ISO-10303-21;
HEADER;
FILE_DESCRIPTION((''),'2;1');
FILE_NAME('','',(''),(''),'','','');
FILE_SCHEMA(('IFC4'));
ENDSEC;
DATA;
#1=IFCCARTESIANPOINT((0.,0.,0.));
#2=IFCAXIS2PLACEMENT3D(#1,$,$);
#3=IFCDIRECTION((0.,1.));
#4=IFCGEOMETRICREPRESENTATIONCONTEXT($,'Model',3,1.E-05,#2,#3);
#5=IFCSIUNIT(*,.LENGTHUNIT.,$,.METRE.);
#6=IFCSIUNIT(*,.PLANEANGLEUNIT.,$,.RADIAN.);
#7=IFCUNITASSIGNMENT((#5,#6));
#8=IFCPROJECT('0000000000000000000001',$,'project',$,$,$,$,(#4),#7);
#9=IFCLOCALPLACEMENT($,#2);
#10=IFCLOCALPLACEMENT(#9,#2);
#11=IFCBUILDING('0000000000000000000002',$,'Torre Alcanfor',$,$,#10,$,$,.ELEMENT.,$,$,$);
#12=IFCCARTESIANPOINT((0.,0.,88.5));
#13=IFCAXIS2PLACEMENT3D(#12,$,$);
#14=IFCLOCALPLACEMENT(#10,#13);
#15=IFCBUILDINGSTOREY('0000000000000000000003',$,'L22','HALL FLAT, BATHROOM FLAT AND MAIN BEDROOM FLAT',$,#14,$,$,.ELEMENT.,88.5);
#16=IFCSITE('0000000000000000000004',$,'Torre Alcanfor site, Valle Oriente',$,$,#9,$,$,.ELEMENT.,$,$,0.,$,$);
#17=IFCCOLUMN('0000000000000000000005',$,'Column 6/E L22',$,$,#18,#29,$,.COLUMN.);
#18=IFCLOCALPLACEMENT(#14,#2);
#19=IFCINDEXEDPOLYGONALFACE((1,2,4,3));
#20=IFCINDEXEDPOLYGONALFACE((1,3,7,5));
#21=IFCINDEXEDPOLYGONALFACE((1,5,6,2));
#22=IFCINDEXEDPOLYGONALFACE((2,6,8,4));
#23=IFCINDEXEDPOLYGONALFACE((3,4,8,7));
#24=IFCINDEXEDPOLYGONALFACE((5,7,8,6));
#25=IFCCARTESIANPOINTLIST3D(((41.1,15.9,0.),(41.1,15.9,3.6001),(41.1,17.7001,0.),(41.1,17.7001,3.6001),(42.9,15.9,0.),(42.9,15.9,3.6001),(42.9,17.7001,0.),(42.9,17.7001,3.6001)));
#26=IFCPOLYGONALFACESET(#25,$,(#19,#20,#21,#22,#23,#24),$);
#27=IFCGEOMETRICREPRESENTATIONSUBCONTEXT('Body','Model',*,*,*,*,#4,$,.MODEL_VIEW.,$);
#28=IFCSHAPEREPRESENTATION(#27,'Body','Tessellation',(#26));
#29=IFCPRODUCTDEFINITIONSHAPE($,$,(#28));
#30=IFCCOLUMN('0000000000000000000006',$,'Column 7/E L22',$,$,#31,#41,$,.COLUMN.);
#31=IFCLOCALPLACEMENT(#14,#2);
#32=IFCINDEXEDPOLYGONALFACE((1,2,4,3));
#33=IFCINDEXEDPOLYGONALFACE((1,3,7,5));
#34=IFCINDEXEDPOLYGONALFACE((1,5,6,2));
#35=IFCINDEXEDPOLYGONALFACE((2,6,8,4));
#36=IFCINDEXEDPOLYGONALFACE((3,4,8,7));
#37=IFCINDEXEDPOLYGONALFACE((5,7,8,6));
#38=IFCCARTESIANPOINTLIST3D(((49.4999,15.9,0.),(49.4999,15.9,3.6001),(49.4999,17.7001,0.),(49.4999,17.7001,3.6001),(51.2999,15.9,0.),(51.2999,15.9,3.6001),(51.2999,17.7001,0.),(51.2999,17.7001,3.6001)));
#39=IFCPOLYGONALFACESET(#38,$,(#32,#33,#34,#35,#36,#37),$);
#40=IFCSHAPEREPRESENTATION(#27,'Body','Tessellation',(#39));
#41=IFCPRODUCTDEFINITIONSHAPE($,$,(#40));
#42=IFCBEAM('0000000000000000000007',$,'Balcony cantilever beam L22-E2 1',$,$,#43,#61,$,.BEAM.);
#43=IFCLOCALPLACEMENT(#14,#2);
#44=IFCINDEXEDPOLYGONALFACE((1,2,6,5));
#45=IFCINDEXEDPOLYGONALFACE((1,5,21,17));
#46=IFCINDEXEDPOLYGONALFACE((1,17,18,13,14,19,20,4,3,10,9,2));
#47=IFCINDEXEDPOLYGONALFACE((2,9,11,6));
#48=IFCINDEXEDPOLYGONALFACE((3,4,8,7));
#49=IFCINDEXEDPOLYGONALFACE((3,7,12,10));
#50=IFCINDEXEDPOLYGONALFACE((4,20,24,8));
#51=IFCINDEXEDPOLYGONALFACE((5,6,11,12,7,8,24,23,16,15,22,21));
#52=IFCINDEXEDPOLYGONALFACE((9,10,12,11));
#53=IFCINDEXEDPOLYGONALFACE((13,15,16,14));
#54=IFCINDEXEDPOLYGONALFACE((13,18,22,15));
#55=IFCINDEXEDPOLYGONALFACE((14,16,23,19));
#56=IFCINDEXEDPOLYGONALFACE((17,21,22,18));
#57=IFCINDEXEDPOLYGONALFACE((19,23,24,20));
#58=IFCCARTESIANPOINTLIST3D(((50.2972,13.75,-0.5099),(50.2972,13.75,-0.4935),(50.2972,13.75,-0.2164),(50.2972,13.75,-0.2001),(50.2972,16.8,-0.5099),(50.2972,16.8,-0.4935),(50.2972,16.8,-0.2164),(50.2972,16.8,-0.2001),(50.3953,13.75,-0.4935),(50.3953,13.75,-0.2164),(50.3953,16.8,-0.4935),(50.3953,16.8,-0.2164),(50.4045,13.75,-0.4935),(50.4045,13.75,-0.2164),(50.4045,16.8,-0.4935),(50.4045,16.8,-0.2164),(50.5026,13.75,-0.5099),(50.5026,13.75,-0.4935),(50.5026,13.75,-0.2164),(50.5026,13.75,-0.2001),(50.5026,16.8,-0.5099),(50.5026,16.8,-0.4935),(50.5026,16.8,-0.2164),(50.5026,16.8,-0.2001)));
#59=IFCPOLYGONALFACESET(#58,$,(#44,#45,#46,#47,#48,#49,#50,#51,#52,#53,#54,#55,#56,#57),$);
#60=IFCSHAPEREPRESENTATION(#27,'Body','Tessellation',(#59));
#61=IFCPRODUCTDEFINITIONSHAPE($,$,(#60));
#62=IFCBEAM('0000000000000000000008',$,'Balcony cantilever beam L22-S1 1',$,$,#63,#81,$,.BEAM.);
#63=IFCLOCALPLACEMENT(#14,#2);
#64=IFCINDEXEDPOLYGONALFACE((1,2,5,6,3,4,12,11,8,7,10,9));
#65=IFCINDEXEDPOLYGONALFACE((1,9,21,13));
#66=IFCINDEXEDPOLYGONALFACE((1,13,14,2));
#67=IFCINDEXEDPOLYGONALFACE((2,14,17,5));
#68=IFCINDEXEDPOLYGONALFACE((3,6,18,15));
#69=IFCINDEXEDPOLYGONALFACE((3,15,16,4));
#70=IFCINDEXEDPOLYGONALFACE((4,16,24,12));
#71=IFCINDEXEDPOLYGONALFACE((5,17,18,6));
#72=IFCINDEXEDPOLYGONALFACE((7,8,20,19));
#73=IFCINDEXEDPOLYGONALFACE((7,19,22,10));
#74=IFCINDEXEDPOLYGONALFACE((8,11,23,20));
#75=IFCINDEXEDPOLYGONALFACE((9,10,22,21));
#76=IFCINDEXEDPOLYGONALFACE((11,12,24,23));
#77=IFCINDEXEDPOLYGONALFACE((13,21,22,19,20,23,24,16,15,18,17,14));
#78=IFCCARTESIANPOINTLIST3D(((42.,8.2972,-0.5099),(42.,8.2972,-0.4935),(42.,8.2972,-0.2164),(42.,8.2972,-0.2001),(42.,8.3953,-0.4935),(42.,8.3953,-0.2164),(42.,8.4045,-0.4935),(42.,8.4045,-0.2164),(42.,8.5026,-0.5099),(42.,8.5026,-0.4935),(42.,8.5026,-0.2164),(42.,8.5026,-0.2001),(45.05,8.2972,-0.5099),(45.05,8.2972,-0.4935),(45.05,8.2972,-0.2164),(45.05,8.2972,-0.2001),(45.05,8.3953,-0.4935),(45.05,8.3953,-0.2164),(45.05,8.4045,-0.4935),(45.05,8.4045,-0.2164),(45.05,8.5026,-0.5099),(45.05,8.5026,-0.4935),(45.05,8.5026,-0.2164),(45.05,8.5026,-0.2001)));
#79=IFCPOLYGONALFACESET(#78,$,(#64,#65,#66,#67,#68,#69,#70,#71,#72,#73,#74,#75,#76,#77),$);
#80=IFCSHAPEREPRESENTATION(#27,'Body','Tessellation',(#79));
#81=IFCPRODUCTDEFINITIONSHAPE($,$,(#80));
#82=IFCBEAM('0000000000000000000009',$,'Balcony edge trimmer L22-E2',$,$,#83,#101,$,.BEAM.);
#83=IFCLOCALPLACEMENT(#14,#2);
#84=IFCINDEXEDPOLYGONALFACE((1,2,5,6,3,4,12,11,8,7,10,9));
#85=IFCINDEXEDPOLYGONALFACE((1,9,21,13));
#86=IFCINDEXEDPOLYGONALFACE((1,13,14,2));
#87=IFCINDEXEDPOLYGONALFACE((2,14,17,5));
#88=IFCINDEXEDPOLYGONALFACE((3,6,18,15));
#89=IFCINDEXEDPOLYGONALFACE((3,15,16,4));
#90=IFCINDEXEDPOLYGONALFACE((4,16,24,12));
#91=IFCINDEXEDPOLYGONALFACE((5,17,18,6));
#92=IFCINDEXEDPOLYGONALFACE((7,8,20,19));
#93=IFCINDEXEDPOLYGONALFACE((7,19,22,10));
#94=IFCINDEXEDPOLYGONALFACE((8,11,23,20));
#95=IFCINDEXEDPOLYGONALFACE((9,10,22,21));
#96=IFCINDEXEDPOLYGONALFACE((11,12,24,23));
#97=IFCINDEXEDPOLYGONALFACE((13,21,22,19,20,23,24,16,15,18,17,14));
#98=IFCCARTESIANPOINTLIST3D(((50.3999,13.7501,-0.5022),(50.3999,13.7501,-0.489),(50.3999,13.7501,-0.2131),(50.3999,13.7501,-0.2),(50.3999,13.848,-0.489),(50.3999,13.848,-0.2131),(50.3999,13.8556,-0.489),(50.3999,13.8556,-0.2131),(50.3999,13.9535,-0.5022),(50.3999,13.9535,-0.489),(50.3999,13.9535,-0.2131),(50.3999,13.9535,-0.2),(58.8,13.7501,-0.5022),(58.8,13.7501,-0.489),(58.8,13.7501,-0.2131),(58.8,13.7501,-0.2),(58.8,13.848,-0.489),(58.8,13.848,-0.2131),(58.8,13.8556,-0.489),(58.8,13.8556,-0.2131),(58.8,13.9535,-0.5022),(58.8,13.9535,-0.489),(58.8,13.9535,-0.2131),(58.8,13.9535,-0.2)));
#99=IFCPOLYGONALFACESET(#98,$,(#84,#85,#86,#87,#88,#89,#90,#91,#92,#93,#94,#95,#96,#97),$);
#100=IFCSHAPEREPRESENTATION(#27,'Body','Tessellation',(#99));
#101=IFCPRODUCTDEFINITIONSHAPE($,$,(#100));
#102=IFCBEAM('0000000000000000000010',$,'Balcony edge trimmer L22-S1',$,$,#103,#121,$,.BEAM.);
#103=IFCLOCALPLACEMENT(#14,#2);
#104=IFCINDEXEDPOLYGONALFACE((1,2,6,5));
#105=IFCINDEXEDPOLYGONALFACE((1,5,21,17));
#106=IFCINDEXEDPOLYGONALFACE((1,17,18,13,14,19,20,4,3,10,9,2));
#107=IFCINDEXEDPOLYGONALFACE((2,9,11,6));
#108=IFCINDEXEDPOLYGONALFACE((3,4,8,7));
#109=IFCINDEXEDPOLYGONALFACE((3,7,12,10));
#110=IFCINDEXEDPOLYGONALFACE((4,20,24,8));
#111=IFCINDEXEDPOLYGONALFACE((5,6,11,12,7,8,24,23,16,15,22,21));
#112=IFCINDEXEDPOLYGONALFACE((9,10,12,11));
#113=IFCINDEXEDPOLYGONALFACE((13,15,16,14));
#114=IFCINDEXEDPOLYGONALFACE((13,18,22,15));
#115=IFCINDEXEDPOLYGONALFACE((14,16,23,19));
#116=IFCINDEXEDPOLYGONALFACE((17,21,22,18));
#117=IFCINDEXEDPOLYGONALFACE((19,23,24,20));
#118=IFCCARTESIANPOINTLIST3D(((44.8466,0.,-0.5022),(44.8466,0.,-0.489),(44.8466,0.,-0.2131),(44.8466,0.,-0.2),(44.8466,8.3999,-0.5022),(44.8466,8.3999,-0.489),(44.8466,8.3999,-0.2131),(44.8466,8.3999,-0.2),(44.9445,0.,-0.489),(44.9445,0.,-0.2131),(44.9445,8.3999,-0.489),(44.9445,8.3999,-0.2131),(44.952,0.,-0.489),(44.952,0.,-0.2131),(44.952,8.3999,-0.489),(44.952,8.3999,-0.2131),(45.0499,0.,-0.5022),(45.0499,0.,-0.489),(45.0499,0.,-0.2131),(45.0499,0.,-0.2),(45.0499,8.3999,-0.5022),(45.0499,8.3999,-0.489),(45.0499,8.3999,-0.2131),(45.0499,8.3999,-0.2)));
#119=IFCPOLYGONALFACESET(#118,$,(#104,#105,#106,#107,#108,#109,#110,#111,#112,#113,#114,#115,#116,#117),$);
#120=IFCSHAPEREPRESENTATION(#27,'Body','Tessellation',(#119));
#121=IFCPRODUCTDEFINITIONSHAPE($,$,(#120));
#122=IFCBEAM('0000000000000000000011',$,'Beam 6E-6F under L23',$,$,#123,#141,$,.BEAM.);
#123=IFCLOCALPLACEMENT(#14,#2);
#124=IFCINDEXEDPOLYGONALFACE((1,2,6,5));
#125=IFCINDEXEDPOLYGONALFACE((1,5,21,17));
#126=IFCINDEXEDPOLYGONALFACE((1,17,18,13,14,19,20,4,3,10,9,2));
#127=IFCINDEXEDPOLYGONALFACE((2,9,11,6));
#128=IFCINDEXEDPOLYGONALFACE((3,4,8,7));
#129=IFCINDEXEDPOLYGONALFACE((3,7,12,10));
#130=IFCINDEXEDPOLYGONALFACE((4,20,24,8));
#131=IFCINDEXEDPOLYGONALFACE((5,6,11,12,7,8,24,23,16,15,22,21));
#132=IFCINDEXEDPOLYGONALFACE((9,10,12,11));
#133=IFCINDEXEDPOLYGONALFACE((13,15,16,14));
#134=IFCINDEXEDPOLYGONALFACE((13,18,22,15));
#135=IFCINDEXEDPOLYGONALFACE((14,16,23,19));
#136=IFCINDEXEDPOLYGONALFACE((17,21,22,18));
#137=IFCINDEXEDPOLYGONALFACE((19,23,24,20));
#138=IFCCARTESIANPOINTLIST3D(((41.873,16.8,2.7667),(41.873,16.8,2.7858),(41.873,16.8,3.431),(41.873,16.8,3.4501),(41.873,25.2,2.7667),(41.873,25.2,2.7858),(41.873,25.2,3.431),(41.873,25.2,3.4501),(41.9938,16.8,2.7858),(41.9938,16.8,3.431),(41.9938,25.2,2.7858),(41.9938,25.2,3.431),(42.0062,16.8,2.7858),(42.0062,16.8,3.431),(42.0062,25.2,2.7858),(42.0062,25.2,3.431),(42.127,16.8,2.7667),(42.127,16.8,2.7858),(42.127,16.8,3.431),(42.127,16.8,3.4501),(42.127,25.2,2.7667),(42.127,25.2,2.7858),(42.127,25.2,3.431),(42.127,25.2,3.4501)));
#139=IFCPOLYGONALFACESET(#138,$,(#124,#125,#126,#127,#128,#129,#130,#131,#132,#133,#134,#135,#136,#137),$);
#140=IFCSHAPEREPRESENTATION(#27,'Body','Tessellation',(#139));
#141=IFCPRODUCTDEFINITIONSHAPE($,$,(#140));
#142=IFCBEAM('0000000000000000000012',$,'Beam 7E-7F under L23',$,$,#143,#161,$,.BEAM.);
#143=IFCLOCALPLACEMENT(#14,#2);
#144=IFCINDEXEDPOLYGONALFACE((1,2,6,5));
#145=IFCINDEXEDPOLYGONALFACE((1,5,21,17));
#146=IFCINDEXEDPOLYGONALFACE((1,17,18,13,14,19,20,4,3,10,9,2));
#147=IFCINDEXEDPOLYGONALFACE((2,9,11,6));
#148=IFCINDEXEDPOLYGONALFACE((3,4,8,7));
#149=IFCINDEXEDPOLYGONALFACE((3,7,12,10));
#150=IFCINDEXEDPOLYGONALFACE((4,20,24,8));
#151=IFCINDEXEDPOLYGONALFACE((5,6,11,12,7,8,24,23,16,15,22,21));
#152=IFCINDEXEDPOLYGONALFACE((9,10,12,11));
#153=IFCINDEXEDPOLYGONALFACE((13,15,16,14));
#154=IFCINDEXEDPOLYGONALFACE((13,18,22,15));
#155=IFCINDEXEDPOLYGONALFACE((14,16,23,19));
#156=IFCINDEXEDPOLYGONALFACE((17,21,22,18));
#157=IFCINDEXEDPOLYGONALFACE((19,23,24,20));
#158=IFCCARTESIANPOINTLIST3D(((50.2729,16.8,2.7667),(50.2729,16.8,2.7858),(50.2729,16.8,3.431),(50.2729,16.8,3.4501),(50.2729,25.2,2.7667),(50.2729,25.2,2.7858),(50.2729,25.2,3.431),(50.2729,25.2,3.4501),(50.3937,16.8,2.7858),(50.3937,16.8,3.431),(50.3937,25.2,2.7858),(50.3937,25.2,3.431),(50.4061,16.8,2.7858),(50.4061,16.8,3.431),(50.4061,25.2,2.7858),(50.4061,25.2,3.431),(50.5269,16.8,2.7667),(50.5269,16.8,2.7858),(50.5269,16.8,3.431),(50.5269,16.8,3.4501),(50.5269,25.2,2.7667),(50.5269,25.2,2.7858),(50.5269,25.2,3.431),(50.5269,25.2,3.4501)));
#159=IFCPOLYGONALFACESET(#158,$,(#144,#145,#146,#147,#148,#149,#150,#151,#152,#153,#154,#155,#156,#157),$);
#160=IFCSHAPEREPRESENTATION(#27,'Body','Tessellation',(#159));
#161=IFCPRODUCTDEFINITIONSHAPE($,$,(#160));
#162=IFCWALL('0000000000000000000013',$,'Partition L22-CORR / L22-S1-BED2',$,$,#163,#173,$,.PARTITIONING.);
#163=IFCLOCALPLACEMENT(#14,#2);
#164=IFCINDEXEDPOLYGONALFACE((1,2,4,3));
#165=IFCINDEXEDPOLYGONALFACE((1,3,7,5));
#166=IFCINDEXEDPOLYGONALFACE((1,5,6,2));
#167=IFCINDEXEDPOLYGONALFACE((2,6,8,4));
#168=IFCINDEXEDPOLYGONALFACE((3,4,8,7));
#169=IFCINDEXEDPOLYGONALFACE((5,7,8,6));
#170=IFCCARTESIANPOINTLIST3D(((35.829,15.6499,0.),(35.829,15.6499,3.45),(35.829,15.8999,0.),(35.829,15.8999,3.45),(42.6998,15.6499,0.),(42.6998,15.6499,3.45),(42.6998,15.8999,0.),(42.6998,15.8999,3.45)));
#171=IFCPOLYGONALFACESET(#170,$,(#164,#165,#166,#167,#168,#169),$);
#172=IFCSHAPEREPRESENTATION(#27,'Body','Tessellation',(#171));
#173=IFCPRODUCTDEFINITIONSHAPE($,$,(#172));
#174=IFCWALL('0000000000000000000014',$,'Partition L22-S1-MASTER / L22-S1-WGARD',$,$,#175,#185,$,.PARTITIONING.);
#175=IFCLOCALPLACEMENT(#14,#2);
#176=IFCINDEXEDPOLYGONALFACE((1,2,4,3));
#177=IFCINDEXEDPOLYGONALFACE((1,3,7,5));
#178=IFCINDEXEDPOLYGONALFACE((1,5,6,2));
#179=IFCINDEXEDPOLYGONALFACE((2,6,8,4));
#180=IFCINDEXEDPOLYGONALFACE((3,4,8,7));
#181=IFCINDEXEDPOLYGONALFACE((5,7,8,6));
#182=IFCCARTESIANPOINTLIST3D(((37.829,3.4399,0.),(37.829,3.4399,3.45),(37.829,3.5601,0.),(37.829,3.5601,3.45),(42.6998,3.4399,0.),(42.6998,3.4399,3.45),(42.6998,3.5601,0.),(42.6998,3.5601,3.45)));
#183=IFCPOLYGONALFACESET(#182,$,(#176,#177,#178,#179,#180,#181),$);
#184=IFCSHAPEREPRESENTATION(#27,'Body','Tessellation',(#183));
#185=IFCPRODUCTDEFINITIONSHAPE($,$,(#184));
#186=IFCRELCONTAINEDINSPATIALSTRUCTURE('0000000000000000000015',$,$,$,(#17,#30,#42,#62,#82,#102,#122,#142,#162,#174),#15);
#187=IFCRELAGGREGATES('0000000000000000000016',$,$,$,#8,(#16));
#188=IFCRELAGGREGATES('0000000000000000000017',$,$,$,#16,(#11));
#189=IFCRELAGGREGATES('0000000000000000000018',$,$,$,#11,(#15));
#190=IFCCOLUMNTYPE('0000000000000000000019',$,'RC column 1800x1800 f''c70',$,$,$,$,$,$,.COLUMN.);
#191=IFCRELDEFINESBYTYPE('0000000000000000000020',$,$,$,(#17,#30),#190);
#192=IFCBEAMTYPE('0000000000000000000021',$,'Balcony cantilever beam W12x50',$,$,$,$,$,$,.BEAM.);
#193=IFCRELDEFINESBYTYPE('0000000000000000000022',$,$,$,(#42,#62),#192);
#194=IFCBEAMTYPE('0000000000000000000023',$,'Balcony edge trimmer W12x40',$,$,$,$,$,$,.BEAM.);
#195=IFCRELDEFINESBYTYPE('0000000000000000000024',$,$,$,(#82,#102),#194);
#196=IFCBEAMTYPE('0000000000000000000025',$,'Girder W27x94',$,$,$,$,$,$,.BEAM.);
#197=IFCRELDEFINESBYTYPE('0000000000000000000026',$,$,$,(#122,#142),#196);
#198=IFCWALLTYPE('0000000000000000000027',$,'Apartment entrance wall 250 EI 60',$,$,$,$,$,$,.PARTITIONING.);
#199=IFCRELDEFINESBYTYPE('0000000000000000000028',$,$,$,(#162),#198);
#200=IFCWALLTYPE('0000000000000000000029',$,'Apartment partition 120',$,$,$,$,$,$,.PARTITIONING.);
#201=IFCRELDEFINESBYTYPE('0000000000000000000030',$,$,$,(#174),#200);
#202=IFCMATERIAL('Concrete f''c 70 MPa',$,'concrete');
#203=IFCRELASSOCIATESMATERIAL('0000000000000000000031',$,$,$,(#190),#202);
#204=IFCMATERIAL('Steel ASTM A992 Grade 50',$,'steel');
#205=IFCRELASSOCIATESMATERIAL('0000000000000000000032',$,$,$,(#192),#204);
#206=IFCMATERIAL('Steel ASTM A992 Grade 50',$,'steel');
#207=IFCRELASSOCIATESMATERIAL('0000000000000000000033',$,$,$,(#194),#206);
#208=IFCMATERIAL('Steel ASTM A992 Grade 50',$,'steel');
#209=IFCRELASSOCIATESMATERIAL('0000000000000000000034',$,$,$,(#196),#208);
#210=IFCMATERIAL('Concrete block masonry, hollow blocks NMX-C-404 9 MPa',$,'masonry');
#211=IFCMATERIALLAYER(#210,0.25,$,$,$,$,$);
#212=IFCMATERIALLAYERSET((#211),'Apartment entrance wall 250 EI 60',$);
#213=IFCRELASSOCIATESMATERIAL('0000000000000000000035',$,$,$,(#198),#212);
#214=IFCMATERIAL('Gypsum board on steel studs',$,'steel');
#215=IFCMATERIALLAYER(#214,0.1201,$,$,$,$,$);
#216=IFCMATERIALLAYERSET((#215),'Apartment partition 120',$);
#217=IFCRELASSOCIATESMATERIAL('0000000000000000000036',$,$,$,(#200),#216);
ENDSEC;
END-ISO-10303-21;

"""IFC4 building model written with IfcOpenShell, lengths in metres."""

from ifc_helpers import new_model, si_unit, direction, frame, frame_2d, origin, origin_2d, place, context, subcontext, project, spatial, rectangle, i_section, extrude, material, layer, layer_set, material_profile, profile_set, type_object, element, save


model = new_model("IFC4")

# Units and contexts
model_context = context("Model", 3, precision=1e-05, world=origin(), true_north=direction((0.0, 1.0)))
body_context = subcontext(model_context, "Body", "Model", "MODEL_VIEW")
ifc_project = project(units=[si_unit("LENGTHUNIT", "METRE"), si_unit("PLANEANGLEUNIT", "RADIAN")], contexts=[model_context])

# Site, building, storey
site_placement = place(None, origin())
site = spatial("IfcSite", under=ifc_project, at=site_placement, Name="Torre Alcanfor site, Valle Oriente", CompositionType="ELEMENT", RefElevation=0.0)
building_placement = place(site_placement, origin())
building = spatial("IfcBuilding", under=site, at=building_placement, Name="Torre Alcanfor", CompositionType="ELEMENT")
storey_placement = place(building_placement, frame((0.0, 0.0, 88.5)))
storey = spatial("IfcBuildingStorey", under=building, at=storey_placement, Name="L22", Description="HALL FLAT, BATHROOM FLAT AND MAIN BEDROOM FLAT", CompositionType="ELEMENT", Elevation=88.5)

# Columns
ifc_material_1 = material(Name="Concrete f'c 70 MPa", Category="concrete")
ifc_material_profile_1 = material_profile(ifc_material_1, rectangle(XDim=1.8, YDim=1.8, at=origin_2d()), Name="1800x1800")
ifc_profile_set_1 = profile_set([ifc_material_profile_1], Name="Concrete f'c 70 MPa")
column_type = type_object("IfcColumnType", Name="RC column 1800x1800 f'c70", PredefinedType="COLUMN", material=ifc_profile_set_1)
for number, where, z_axis, x_axis, name in (
    (1, (42.0, 16.8, 0.0), (0.0, 0.0, 1.0), (1.0, 0.0, 0.0), "Column 6/E L22"),
    (2, (50.3999, 16.8, 0.0), (0.0, 0.0, 1.0), (1.0, 0.0, 0.0), "Column 7/E L22"),
):
    element("IfcColumn", number, at=place(storey_placement, frame(where, z_axis=z_axis, x_axis=x_axis)), inside=storey, type_object=column_type, Name=name, PredefinedType="COLUMN", context=body_context, shape_type="SweptSolid", body=[
        extrude(rectangle(XDim=1.8, YDim=1.8, at=origin_2d()), origin(), (0.0, 0.0, 1.0), 3.6001),
    ])

# Beams
ifc_material_2 = material(Name="Steel ASTM A992 Grade 50", Category="steel")
ifc_material_profile_2 = material_profile(ifc_material_2, i_section(OverallWidth=0.2053, OverallDepth=0.3098, WebThickness=0.0093, FlangeThickness=0.0164, at=origin_2d()), Name="W12x50")
ifc_profile_set_2 = profile_set([ifc_material_profile_2], Name="Steel ASTM A992 Grade 50")
beam_type_1 = type_object("IfcBeamType", Name="Balcony cantilever beam W12x50", PredefinedType="BEAM", material=ifc_profile_set_2)
for number, where, z_axis, x_axis, name in (
    (3, (50.3999, 16.8, -0.355), (0.0, -1.0, 0.0), (1.0, 0.0, 0.0), "Balcony cantilever beam L22-E2 1"),
    (4, (42.0, 8.3999, -0.355), (1.0, 0.0, 0.0), (0.0, 1.0, 0.0), "Balcony cantilever beam L22-S1 1"),
):
    element("IfcBeam", number, at=place(storey_placement, frame(where, z_axis=z_axis, x_axis=x_axis)), inside=storey, type_object=beam_type_1, Name=name, PredefinedType="BEAM", context=body_context, shape_type="SweptSolid", body=[
        extrude(i_section(OverallWidth=0.2053, OverallDepth=0.3098, WebThickness=0.0093, FlangeThickness=0.0164, at=origin_2d()), origin(), (0.0, 0.0, 1.0), 3.05),
    ])
ifc_material_3 = material(Name="Steel ASTM A992 Grade 50", Category="steel")
ifc_material_profile_3 = material_profile(ifc_material_3, i_section(OverallWidth=0.2034, OverallDepth=0.3022, WebThickness=0.0076, FlangeThickness=0.0132, at=origin_2d()), Name="W12x40")
ifc_profile_set_3 = profile_set([ifc_material_profile_3], Name="Steel ASTM A992 Grade 50")
beam_type_2 = type_object("IfcBeamType", Name="Balcony edge trimmer W12x40", PredefinedType="BEAM", material=ifc_profile_set_3)
beam_1_placement = place(storey_placement, frame((50.3999, 13.8518, -0.3511), z_axis=(1.0, 0.0, 0.0), x_axis=(0.0, 1.0, 0.0)))
element("IfcBeam", 5, at=beam_1_placement, inside=storey, type_object=beam_type_2, Name="Balcony edge trimmer L22-E2", PredefinedType="BEAM", context=body_context, shape_type="SweptSolid", body=[
    extrude(i_section(OverallWidth=0.2034, OverallDepth=0.3022, WebThickness=0.0076, FlangeThickness=0.0132, at=origin_2d()), origin(), (0.0, 0.0, 1.0), 8.4001),
])
beam_2_placement = place(storey_placement, frame((44.9482, 8.3999, -0.3511), z_axis=(0.0, -1.0, 0.0), x_axis=(1.0, 0.0, 0.0)))
element("IfcBeam", 6, at=beam_2_placement, inside=storey, type_object=beam_type_2, Name="Balcony edge trimmer L22-S1", PredefinedType="BEAM", context=body_context, shape_type="SweptSolid", body=[
    extrude(i_section(OverallWidth=0.2034, OverallDepth=0.3022, WebThickness=0.0076, FlangeThickness=0.0132, at=origin_2d()), origin(), (0.0, 0.0, 1.0), 8.3999),
])
ifc_material_4 = material(Name="Steel ASTM A992 Grade 50", Category="steel")
ifc_material_profile_4 = material_profile(ifc_material_4, i_section(OverallWidth=0.2539, OverallDepth=0.6833, WebThickness=0.0125, FlangeThickness=0.019, at=origin_2d()), Name="W27x94")
ifc_profile_set_4 = profile_set([ifc_material_profile_4], Name="Steel ASTM A992 Grade 50")
beam_type_3 = type_object("IfcBeamType", Name="Girder W27x94", PredefinedType="BEAM", material=ifc_profile_set_4)
for number, where, z_axis, x_axis, name in (
    (7, (42.0, 16.8, 3.1084), (0.0, 1.0, 0.0), (-1.0, 0.0, 0.0), "Beam 6E-6F under L23"),
    (8, (50.3999, 16.8, 3.1084), (0.0, 1.0, 0.0), (-1.0, 0.0, 0.0), "Beam 7E-7F under L23"),
):
    element("IfcBeam", number, at=place(storey_placement, frame(where, z_axis=z_axis, x_axis=x_axis)), inside=storey, type_object=beam_type_3, Name=name, PredefinedType="BEAM", context=body_context, shape_type="SweptSolid", body=[
        extrude(i_section(OverallWidth=0.2539, OverallDepth=0.6833, WebThickness=0.0125, FlangeThickness=0.019, at=origin_2d()), origin(), (0.0, 0.0, 1.0), 8.3999),
    ])

# Walls
ifc_material_5 = material(Name="Concrete block masonry, hollow blocks NMX-C-404 9 MPa", Category="masonry")
ifc_layer_1 = layer(ifc_material_5, 0.25)
ifc_layer_set_1 = layer_set([ifc_layer_1], Name="Apartment entrance wall 250 EI 60")
wall_type_1 = type_object("IfcWallType", Name="Apartment entrance wall 250 EI 60", PredefinedType="PARTITIONING", material=ifc_layer_set_1)
wall_1_placement = place(storey_placement, frame((42.7, 15.7749, 0.0), z_axis=(0.0, 0.0, 1.0), x_axis=(-1.0, 0.0, 0.0)))
element("IfcWall", 9, at=wall_1_placement, inside=storey, type_object=wall_type_1, Name="Partition L22-CORR / L22-S1-BED2", PredefinedType="PARTITIONING", context=body_context, shape_type="SweptSolid", body=[
    extrude(rectangle(XDim=6.8708, YDim=0.25, at=frame_2d((3.4355, 0.0))), origin(), (0.0, 0.0, 1.0), 3.45),
])
ifc_material_6 = material(Name="Gypsum board on steel studs", Category="steel")
ifc_layer_2 = layer(ifc_material_6, 0.1201)
ifc_layer_set_2 = layer_set([ifc_layer_2], Name="Apartment partition 120")
wall_type_2 = type_object("IfcWallType", Name="Apartment partition 120", PredefinedType="PARTITIONING", material=ifc_layer_set_2)
wall_2_placement = place(storey_placement, frame((42.7, 3.5, 0.0), z_axis=(0.0, 0.0, 1.0), x_axis=(-1.0, 0.0, 0.0)))
element("IfcWall", 10, at=wall_2_placement, inside=storey, type_object=wall_type_2, Name="Partition L22-S1-MASTER / L22-S1-WGARD", PredefinedType="PARTITIONING", context=body_context, shape_type="SweptSolid", body=[
    extrude(rectangle(XDim=4.8708, YDim=0.1201, at=frame_2d((2.4355, 0.0))), origin(), (0.0, 0.0, 1.0), 3.45),
])

save(model, "model.ifc")
